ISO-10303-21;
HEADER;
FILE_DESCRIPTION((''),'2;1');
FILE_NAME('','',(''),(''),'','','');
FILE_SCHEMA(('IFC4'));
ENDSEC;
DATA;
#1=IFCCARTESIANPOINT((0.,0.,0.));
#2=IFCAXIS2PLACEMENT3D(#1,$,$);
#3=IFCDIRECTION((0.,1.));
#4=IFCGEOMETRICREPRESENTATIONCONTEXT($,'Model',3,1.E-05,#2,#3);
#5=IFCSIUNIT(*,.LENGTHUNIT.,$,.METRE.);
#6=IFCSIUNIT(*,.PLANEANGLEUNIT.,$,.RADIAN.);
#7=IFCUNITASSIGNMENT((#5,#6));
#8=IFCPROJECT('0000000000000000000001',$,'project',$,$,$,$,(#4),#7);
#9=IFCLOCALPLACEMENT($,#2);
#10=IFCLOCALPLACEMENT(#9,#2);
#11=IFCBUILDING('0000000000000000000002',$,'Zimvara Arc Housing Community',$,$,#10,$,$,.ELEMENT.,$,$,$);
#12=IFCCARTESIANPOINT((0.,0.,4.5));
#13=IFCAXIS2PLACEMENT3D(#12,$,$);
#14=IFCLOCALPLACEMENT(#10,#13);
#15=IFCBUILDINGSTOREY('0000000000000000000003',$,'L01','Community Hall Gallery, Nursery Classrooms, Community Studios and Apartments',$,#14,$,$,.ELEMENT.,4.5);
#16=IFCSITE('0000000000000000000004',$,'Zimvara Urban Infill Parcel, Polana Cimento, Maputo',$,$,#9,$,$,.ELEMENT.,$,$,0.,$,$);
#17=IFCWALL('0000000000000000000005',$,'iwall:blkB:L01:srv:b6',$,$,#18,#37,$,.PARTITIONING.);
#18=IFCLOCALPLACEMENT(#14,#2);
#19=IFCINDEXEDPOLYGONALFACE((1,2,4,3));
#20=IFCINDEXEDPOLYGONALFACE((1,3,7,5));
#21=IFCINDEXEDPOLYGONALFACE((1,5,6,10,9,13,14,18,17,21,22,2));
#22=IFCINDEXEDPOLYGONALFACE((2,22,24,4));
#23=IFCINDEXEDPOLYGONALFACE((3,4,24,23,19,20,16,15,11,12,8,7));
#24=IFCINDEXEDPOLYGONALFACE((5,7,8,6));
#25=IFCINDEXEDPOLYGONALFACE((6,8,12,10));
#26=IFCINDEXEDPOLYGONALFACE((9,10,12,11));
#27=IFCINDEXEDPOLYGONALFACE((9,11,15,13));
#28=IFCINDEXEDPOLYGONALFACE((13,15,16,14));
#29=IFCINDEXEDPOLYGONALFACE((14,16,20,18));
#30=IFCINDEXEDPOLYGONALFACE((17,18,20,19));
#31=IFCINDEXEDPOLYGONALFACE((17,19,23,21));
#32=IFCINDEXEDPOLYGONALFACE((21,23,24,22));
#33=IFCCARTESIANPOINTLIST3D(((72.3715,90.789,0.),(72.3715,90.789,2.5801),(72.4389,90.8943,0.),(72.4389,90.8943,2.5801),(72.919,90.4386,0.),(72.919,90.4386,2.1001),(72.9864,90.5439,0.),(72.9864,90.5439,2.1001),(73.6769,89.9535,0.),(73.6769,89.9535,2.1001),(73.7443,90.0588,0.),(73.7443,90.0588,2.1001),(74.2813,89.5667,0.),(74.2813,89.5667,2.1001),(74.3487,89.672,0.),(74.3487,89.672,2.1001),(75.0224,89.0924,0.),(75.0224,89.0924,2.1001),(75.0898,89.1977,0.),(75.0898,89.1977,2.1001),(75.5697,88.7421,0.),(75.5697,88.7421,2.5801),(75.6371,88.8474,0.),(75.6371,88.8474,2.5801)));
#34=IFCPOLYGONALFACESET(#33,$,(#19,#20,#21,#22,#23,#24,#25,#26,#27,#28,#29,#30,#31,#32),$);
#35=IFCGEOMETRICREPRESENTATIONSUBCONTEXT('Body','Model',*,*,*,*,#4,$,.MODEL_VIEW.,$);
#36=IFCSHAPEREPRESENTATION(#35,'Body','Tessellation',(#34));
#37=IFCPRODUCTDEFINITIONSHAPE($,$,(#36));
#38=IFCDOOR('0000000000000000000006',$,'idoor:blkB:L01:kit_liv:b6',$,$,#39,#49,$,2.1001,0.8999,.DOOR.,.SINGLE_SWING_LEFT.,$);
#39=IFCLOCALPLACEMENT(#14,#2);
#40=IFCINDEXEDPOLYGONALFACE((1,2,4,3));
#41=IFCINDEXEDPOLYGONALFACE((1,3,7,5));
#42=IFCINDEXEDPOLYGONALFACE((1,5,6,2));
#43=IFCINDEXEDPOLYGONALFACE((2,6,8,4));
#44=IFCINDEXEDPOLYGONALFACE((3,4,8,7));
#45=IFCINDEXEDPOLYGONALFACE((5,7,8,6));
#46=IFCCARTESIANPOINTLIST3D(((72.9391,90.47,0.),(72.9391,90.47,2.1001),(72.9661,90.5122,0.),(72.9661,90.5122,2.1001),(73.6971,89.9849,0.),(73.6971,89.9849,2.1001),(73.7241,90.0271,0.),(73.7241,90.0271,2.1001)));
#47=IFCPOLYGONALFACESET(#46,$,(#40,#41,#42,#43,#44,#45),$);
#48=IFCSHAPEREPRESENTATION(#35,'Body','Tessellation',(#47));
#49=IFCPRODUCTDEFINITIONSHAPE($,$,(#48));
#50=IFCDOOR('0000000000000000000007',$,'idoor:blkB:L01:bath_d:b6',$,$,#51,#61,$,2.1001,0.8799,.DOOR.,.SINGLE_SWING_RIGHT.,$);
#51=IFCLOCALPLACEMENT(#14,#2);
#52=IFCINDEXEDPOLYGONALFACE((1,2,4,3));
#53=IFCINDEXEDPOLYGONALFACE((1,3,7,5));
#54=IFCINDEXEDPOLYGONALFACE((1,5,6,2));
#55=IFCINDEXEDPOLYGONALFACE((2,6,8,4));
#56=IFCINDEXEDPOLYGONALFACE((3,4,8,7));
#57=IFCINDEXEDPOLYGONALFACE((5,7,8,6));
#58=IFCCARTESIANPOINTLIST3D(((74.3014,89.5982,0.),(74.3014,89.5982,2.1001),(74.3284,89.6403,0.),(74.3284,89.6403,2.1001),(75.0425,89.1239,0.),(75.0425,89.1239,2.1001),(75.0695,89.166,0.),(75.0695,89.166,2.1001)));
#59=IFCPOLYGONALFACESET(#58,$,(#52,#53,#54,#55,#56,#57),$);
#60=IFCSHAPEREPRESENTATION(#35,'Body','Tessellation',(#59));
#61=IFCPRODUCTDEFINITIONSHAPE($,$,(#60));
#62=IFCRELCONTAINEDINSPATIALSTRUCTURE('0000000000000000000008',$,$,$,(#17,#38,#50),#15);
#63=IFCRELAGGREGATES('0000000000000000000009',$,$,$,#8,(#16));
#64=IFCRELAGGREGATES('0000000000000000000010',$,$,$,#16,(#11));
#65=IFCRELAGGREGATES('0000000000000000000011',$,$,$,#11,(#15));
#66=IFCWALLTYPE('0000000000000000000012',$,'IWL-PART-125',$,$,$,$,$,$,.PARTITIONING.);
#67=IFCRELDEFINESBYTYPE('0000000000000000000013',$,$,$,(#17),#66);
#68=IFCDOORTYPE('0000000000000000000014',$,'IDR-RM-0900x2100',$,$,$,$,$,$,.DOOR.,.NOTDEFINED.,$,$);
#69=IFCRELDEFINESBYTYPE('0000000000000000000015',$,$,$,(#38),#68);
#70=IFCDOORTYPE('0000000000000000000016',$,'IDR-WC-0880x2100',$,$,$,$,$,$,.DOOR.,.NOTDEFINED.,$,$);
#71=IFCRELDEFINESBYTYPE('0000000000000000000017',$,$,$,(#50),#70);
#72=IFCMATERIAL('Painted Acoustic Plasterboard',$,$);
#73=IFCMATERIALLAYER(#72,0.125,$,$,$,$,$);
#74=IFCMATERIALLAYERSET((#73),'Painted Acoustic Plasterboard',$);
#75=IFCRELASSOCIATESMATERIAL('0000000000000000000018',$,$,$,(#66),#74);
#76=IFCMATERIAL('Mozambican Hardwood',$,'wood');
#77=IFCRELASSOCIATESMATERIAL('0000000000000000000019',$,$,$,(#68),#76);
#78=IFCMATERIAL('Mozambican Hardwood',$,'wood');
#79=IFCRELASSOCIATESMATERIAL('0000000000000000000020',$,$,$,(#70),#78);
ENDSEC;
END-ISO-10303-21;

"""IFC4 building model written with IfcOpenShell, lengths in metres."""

from ifc_helpers import new_model, si_unit, direction, frame, frame_2d, origin, place, context, subcontext, project, spatial, rectangle, extrude, material, layer, layer_set, type_object, element, fill, save


model = new_model("IFC4")

# Units and contexts
model_context = context("Model", 3, precision=1e-05, world=origin(), true_north=direction((0.0, 1.0)))
body_context = subcontext(model_context, "Body", "Model", "MODEL_VIEW")
ifc_project = project(units=[si_unit("LENGTHUNIT", "METRE"), si_unit("PLANEANGLEUNIT", "RADIAN")], contexts=[model_context])

# Site, building, storey
site_placement = place(None, origin())
site = spatial("IfcSite", under=ifc_project, at=site_placement, Name="Zimvara Urban Infill Parcel, Polana Cimento, Maputo", CompositionType="ELEMENT", RefElevation=0.0)
building_placement = place(site_placement, origin())
building = spatial("IfcBuilding", under=site, at=building_placement, Name="Zimvara Arc Housing Community", CompositionType="ELEMENT")
storey_placement = place(building_placement, frame((0.0, 0.0, 4.5)))
storey = spatial("IfcBuildingStorey", under=building, at=storey_placement, Name="L01", Description="Community Hall Gallery, Nursery Classrooms, Community Studios and Apartments", CompositionType="ELEMENT", Elevation=4.5)

# Wall, openings, doors
ifc_material_1 = material(Name="Painted Acoustic Plasterboard")
ifc_layer_1 = layer(ifc_material_1, 0.125)
ifc_layer_set_1 = layer_set([ifc_layer_1], Name="Painted Acoustic Plasterboard")
wall_type_1 = type_object("IfcWallType", Name="IWL-PART-125", PredefinedType="PARTITIONING", material=ifc_layer_set_1)
wall_1_placement = place(storey_placement, frame((72.4053, 90.8416, 0.0), z_axis=(0.0, 0.0, 1.0), x_axis=(0.842271, -0.539054, 0.0)))
wall_1 = element("IfcWall", 1, at=wall_1_placement, inside=storey, type_object=wall_type_1, Name="iwall:blkB:L01:srv:b6", PredefinedType="PARTITIONING", context=body_context, shape_type="SweptSolid", body=[
    extrude(rectangle(XDim=3.7971, YDim=0.125, at=frame_2d((1.8984, 0.0))), origin(), (0.0, 0.0, 1.0), 2.5801),
])
opening_1_placement = place(wall_1_placement, frame((0.6499, 0.0, 0.0)))
opening_1 = element("IfcOpeningElement", 2, at=opening_1_placement, cuts=wall_1, PredefinedType="OPENING", context=body_context, shape_type="SweptSolid", body=[
    extrude(rectangle(XDim=0.8999, YDim=2.1001, at=frame_2d((0.45, 1.05))), frame((0.0, 0.0725, 0.0), z_axis=(0.0, -1.0, 0.0), x_axis=(1.0, 0.0, 0.0)), (0.0, 0.0, 1.0), 0.145),
])
opening_2_placement = place(wall_1_placement, frame((2.2673, 0.0, 0.0)))
opening_2 = element("IfcOpeningElement", 3, at=opening_2_placement, cuts=wall_1, PredefinedType="OPENING", context=body_context, shape_type="SweptSolid", body=[
    extrude(rectangle(XDim=0.8799, YDim=2.1001, at=frame_2d((0.4399, 1.05))), frame((0.0, 0.0725, 0.0), z_axis=(0.0, -1.0, 0.0), x_axis=(1.0, 0.0, 0.0)), (0.0, 0.0, 1.0), 0.145),
])
ifc_material_2 = material(Name="Mozambican Hardwood", Category="wood")
door_type_1 = type_object("IfcDoorType", Name="IDR-RM-0900x2100", OperationType="NOTDEFINED", PredefinedType="DOOR", material=ifc_material_2)
door_1_placement = place(opening_1_placement, origin())
door_1 = element("IfcDoor", 4, at=door_1_placement, inside=storey, type_object=door_type_1, Name="idoor:blkB:L01:kit_liv:b6", OperationType="SINGLE_SWING_LEFT", OverallHeight=2.1001, OverallWidth=0.8999, PredefinedType="DOOR", context=body_context, shape_type="SweptSolid", body=[
    extrude(rectangle(XDim=0.8999, YDim=2.1001, at=frame_2d((0.45, 1.05))), frame((0.0, 0.0249, 0.0), z_axis=(0.0, -1.0, 0.0), x_axis=(1.0, 0.0, 0.0)), (0.0, 0.0, 1.0), 0.05),
])
fill(opening_1, door_1)
ifc_material_3 = material(Name="Mozambican Hardwood", Category="wood")
door_type_2 = type_object("IfcDoorType", Name="IDR-WC-0880x2100", OperationType="NOTDEFINED", PredefinedType="DOOR", material=ifc_material_3)
door_2_placement = place(opening_2_placement, origin())
door_2 = element("IfcDoor", 5, at=door_2_placement, inside=storey, type_object=door_type_2, Name="idoor:blkB:L01:bath_d:b6", OperationType="SINGLE_SWING_RIGHT", OverallHeight=2.1001, OverallWidth=0.8799, PredefinedType="DOOR", context=body_context, shape_type="SweptSolid", body=[
    extrude(rectangle(XDim=0.8799, YDim=2.1001, at=frame_2d((0.4399, 1.05))), frame((0.0, 0.0249, 0.0), z_axis=(0.0, -1.0, 0.0), x_axis=(1.0, 0.0, 0.0)), (0.0, 0.0, 1.0), 0.05),
])
fill(opening_2, door_2)

save(model, "model.ifc")
